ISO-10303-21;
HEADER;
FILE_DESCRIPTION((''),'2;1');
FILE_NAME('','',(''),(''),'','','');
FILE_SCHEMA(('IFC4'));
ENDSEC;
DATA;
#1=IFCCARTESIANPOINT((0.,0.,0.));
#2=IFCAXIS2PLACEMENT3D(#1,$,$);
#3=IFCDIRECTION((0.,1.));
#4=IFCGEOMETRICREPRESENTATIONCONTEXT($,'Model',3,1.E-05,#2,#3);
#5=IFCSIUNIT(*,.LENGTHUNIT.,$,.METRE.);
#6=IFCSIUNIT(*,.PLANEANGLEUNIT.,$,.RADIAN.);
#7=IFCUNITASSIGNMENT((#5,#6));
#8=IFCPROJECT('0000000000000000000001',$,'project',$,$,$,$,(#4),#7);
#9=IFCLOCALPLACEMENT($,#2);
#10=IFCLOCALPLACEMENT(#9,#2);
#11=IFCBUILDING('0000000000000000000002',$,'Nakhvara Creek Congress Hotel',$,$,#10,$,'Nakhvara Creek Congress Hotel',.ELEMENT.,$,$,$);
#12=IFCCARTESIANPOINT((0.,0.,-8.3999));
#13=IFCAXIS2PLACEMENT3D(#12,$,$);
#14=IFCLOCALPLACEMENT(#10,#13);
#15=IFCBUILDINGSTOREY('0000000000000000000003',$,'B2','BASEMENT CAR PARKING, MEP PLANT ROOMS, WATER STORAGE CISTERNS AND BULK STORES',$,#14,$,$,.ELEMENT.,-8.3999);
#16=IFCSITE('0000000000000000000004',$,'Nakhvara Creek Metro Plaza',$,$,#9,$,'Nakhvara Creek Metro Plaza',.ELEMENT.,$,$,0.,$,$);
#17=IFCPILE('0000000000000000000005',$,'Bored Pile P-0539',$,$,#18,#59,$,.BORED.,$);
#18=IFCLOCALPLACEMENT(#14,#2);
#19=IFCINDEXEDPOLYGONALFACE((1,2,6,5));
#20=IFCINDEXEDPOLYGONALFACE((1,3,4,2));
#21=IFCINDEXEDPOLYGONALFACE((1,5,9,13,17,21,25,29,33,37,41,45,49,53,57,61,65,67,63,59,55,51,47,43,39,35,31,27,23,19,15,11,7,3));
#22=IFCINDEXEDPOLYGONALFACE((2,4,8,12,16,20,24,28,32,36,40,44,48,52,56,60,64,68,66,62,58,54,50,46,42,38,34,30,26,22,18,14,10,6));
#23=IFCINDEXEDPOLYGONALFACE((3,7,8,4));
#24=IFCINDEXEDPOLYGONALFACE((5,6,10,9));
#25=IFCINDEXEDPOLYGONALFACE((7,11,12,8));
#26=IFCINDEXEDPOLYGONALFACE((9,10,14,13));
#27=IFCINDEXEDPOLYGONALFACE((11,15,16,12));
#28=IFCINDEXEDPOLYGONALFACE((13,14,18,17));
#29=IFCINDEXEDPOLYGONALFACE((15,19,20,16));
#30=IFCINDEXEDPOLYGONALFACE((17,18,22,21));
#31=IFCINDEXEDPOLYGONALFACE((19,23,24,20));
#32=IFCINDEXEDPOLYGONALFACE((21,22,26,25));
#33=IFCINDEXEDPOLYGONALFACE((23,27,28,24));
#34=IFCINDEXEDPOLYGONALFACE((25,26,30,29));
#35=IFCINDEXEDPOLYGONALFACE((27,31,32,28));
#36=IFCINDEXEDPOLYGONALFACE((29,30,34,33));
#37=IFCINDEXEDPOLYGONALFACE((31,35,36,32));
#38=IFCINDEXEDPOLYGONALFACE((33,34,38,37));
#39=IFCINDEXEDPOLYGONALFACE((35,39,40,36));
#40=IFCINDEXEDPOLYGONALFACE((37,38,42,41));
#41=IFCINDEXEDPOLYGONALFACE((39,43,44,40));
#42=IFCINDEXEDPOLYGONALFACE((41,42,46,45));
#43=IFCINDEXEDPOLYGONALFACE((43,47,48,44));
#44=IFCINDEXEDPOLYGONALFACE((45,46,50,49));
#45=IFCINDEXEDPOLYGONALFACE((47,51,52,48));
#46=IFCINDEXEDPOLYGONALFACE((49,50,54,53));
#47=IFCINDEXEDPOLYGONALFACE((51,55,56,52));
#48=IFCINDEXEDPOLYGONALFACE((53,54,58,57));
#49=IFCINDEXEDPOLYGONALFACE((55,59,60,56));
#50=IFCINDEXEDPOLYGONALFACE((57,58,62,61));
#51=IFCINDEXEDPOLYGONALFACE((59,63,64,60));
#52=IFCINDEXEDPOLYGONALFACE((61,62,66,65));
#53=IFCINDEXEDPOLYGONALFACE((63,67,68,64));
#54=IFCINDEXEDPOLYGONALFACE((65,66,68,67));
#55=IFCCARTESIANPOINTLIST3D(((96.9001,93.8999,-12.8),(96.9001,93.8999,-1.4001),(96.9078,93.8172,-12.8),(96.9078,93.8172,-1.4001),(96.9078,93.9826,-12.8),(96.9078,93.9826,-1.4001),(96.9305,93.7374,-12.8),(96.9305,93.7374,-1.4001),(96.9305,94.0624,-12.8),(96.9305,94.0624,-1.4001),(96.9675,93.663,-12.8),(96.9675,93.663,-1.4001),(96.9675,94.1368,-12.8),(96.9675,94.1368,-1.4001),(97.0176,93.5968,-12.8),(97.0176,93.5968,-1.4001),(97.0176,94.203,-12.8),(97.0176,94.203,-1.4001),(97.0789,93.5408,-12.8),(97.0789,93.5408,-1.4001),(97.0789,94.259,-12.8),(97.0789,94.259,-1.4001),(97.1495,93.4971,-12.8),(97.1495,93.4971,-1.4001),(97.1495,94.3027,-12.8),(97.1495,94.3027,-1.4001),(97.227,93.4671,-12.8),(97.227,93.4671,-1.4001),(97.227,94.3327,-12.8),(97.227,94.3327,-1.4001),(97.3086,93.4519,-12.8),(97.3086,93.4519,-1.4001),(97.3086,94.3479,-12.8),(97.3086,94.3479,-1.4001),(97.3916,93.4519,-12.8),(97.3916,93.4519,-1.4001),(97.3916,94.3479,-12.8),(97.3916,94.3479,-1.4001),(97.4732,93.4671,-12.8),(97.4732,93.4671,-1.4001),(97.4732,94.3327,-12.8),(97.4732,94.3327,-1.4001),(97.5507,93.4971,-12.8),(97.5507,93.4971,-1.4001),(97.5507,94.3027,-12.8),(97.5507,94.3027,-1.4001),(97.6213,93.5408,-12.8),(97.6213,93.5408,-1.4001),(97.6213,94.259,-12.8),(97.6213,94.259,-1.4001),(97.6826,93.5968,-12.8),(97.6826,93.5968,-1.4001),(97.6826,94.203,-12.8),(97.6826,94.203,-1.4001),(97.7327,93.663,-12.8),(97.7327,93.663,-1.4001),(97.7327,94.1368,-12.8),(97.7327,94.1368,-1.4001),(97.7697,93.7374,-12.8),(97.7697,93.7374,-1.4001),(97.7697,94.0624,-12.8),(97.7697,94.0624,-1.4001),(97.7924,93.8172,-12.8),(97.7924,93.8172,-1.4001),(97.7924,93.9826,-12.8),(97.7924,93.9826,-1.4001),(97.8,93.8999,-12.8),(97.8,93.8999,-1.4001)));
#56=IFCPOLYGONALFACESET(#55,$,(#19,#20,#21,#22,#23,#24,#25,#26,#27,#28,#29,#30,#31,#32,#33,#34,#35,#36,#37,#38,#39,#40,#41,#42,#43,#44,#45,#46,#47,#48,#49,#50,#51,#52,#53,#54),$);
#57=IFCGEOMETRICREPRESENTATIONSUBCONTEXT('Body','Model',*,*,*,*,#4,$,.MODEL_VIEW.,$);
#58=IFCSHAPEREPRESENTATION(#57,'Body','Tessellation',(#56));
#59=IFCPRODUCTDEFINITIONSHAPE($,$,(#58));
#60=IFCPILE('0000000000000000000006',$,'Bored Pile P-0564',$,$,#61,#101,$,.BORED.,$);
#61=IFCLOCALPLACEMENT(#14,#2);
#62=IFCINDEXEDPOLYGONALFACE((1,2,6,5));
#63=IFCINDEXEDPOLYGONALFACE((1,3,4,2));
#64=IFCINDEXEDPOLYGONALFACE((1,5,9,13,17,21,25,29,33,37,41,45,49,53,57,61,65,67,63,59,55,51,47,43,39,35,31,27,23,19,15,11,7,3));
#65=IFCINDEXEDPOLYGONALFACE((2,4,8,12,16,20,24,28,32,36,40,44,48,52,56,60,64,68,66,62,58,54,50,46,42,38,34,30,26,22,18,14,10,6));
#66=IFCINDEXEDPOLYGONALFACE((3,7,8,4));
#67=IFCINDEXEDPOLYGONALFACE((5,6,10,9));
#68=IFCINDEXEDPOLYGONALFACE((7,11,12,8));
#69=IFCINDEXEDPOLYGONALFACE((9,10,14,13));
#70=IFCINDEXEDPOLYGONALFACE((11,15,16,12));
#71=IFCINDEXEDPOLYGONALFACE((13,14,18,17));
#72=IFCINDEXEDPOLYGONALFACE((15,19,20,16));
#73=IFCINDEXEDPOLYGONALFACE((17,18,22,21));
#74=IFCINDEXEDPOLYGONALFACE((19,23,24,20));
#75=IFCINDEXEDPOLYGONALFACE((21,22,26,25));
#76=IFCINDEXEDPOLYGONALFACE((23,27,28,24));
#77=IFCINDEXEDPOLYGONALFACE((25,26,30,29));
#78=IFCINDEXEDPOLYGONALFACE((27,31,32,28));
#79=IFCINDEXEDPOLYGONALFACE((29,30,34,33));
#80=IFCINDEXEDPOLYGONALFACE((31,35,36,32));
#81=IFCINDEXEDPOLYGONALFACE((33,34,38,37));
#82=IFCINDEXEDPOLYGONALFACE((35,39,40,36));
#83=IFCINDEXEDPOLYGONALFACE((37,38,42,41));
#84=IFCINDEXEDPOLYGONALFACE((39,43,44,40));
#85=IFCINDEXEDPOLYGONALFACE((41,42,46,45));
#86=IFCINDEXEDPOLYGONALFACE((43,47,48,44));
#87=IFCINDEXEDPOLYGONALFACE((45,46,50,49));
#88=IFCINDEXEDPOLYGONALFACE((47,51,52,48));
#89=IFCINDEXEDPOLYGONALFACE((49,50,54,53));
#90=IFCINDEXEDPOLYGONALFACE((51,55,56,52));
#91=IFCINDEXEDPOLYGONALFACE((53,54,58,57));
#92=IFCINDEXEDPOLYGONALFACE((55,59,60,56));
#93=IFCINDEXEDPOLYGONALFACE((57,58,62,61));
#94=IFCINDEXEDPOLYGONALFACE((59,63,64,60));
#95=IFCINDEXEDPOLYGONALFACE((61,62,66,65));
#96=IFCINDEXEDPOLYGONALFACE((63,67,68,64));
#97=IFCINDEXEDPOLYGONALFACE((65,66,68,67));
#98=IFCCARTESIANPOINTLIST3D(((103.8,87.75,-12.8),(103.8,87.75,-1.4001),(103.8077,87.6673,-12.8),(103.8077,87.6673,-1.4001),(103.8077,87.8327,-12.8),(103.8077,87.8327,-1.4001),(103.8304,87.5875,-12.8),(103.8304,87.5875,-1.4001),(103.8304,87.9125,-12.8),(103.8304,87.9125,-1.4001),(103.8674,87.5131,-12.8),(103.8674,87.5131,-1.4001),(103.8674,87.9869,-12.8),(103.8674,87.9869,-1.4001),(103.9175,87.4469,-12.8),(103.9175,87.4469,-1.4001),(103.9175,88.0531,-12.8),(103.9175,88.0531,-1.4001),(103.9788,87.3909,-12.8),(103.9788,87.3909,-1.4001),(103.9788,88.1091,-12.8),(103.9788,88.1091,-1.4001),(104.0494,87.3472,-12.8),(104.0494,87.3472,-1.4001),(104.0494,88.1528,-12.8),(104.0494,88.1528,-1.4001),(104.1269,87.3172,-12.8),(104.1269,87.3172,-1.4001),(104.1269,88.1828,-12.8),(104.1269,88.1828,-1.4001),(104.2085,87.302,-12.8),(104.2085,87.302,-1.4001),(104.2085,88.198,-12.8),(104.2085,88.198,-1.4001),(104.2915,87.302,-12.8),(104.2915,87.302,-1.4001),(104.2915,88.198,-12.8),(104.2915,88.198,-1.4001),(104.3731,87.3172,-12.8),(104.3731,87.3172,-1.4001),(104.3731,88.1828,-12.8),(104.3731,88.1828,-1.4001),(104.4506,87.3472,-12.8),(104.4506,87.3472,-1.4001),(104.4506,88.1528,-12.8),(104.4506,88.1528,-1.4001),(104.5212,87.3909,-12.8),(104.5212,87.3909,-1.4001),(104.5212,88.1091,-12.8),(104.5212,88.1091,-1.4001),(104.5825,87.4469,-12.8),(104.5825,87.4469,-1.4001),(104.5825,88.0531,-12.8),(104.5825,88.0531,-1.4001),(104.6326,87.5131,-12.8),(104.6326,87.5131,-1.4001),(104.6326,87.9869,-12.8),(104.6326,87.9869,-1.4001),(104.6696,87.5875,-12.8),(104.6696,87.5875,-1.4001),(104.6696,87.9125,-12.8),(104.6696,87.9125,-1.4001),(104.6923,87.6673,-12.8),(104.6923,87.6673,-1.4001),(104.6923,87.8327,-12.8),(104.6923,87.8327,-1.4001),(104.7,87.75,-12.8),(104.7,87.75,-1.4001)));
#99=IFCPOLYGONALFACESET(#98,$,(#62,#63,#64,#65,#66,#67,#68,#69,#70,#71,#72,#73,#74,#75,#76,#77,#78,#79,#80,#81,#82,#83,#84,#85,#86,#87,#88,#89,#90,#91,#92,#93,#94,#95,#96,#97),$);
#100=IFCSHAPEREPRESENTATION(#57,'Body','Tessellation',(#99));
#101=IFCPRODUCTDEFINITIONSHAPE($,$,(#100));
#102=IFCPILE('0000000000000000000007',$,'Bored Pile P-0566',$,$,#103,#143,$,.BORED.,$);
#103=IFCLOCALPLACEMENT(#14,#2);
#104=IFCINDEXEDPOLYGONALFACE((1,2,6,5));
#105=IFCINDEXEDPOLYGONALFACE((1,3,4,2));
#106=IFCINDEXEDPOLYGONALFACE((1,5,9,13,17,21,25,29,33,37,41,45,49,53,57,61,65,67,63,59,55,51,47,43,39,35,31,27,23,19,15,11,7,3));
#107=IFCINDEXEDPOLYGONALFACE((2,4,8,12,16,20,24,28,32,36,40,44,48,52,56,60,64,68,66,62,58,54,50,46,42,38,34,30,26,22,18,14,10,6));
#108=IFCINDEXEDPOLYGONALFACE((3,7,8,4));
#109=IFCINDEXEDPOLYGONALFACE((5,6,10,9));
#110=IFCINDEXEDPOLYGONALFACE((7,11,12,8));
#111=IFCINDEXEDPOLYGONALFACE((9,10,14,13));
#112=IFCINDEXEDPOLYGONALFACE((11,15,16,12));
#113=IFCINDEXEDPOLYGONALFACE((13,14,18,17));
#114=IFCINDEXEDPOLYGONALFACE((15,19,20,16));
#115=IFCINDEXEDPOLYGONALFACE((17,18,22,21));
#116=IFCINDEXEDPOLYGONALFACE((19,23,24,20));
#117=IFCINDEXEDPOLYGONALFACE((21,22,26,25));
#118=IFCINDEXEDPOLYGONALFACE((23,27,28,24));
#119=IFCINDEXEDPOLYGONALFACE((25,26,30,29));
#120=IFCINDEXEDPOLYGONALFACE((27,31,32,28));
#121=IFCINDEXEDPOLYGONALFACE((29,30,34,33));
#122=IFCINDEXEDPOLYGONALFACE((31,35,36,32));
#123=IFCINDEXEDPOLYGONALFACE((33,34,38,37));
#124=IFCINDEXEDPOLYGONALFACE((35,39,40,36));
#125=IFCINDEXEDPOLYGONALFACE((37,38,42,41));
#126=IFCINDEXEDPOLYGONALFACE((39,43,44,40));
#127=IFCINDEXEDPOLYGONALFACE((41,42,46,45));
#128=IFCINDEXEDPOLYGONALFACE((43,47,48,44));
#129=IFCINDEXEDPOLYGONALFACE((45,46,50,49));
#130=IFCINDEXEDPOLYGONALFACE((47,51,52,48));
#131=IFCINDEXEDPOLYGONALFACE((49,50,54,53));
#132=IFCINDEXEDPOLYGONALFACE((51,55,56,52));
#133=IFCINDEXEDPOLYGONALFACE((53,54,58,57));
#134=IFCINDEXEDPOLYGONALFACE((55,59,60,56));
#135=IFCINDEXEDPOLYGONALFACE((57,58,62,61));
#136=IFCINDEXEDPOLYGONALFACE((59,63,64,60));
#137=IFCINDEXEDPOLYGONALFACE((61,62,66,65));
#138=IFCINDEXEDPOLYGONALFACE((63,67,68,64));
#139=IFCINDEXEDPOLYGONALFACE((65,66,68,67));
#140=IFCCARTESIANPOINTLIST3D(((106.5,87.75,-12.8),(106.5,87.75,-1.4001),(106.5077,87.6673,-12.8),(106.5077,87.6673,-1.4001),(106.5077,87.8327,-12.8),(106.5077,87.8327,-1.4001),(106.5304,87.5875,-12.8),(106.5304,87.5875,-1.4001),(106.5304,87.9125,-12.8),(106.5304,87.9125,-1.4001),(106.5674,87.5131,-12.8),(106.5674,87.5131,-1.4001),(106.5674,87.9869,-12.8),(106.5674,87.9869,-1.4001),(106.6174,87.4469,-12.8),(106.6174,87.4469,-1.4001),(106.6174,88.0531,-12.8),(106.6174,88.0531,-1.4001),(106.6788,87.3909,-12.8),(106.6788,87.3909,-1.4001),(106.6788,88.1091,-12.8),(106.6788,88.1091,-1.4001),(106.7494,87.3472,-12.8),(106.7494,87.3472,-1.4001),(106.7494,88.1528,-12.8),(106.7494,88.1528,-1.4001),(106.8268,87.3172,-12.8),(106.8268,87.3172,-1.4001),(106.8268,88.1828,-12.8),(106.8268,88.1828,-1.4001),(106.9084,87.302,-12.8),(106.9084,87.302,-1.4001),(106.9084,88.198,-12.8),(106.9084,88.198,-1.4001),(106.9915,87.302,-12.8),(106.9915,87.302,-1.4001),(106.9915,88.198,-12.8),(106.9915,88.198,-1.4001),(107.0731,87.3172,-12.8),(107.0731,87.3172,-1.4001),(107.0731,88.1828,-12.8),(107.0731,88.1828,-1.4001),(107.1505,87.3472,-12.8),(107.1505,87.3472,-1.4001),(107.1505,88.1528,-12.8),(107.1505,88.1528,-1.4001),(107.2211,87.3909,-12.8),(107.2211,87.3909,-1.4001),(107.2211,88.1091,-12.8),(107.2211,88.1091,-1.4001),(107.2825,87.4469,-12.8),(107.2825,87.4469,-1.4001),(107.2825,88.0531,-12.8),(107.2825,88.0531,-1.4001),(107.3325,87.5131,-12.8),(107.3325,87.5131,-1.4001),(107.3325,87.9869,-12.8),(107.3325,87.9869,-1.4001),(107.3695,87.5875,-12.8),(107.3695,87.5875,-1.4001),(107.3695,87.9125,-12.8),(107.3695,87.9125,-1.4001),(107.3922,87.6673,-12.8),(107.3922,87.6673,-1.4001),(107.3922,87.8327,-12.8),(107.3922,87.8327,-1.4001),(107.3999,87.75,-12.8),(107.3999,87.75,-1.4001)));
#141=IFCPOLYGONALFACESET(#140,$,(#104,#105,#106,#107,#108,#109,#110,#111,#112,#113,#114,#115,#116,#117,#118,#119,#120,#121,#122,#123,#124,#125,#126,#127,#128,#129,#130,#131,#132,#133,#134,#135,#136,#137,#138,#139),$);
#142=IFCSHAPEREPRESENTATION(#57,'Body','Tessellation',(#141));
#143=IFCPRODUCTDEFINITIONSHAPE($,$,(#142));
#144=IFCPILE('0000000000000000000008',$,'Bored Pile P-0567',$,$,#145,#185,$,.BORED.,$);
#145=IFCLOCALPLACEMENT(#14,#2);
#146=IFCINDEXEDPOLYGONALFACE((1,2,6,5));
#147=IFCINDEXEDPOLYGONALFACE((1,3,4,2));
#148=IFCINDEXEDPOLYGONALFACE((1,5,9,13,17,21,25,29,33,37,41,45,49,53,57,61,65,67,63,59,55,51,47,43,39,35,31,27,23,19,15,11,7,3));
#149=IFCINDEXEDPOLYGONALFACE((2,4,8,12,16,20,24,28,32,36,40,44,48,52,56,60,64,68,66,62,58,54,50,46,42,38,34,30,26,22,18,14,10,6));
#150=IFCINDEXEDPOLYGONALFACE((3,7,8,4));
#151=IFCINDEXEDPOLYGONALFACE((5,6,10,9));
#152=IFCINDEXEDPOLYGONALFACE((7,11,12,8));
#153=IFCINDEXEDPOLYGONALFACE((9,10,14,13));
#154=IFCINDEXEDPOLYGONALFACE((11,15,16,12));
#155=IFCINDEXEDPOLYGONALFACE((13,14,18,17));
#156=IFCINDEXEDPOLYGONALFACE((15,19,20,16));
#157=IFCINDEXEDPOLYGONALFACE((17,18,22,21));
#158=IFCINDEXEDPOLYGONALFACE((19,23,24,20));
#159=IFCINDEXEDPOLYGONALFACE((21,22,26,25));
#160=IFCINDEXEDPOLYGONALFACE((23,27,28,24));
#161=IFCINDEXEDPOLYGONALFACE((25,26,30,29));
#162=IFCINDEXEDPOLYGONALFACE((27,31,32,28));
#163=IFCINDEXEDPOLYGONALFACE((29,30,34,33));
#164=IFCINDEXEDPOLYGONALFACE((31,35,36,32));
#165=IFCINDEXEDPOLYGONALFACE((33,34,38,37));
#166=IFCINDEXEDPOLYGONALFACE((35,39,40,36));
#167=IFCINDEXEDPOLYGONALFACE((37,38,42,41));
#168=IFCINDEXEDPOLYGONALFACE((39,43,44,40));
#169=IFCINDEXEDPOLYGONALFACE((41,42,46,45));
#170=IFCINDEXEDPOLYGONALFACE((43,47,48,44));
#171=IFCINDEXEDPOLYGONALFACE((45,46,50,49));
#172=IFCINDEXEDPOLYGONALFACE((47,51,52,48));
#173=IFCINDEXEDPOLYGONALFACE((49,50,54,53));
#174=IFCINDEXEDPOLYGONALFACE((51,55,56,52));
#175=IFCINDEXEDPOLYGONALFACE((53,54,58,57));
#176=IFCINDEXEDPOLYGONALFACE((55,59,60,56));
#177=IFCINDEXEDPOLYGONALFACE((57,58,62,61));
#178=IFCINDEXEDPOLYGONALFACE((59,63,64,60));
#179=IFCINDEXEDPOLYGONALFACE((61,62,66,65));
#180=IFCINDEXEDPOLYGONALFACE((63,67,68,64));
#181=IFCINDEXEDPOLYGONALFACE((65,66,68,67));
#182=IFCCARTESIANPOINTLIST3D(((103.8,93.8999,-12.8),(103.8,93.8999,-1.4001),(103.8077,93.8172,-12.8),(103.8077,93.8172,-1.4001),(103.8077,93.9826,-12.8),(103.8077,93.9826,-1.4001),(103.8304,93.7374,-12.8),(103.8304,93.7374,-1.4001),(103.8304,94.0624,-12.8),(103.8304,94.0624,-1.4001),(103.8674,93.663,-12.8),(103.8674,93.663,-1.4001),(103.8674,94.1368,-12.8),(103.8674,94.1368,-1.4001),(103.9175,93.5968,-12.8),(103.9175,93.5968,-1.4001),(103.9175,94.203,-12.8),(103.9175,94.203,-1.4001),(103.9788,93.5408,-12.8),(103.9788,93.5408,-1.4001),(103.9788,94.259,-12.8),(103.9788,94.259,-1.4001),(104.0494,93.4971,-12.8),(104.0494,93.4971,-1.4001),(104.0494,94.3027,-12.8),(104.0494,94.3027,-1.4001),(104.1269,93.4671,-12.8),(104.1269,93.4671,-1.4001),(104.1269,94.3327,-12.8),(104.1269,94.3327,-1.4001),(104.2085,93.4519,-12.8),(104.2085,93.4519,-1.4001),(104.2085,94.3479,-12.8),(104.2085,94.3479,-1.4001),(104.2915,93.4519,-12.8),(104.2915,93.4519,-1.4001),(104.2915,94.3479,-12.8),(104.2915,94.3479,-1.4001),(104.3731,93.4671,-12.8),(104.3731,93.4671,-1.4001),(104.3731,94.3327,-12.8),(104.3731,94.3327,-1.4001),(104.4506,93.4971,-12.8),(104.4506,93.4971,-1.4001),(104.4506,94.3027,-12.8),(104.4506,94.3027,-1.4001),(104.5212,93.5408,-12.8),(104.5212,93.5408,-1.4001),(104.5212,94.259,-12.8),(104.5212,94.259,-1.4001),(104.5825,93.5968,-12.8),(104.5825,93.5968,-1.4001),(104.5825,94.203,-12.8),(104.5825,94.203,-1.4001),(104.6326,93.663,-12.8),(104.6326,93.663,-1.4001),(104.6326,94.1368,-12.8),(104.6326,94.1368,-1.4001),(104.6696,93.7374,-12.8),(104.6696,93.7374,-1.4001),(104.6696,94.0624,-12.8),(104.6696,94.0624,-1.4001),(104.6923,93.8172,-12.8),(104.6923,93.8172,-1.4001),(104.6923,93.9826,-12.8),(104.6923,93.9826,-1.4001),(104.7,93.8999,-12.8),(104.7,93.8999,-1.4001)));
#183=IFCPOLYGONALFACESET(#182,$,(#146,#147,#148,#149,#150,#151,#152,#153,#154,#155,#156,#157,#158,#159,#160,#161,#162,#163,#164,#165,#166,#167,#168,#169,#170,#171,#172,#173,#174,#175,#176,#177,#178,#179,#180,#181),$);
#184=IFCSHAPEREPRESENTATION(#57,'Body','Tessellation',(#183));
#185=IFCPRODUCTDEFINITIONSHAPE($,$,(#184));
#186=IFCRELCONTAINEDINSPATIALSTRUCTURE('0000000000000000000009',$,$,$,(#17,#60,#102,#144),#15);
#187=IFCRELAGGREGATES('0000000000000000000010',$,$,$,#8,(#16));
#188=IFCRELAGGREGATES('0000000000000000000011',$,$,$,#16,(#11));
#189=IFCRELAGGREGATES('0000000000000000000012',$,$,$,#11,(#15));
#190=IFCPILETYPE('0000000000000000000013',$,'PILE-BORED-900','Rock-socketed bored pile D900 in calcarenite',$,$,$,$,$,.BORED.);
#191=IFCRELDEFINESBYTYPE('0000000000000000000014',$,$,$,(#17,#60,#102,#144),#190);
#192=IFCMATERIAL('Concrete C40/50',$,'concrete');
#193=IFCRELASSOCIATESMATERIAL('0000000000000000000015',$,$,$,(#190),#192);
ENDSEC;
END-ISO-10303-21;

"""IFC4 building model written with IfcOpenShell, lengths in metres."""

from ifc_helpers import new_model, si_unit, direction, frame, origin, origin_2d, place, context, subcontext, project, spatial, circle, extrude, material, material_profile, profile_set, type_object, element, save


model = new_model("IFC4")

# Units and contexts
model_context = context("Model", 3, precision=1e-05, world=origin(), true_north=direction((0.0, 1.0)))
body_context = subcontext(model_context, "Body", "Model", "MODEL_VIEW")
ifc_project = project(units=[si_unit("LENGTHUNIT", "METRE"), si_unit("PLANEANGLEUNIT", "RADIAN")], contexts=[model_context])

# Site, building, storey
site_placement = place(None, origin())
site = spatial("IfcSite", under=ifc_project, at=site_placement, Name="Nakhvara Creek Metro Plaza", LongName="Nakhvara Creek Metro Plaza", CompositionType="ELEMENT", RefElevation=0.0)
building_placement = place(site_placement, origin())
building = spatial("IfcBuilding", under=site, at=building_placement, Name="Nakhvara Creek Congress Hotel", LongName="Nakhvara Creek Congress Hotel", CompositionType="ELEMENT")
storey_placement = place(building_placement, frame((0.0, 0.0, -8.3999)))
storey = spatial("IfcBuildingStorey", under=building, at=storey_placement, Name="B2", Description="BASEMENT CAR PARKING, MEP PLANT ROOMS, WATER STORAGE CISTERNS AND BULK STORES", CompositionType="ELEMENT", Elevation=-8.3999)

# Shared definitions
ifc_material_1 = material(Name="Concrete C40/50", Category="concrete")

# Piles
ifc_material_profile_1 = material_profile(ifc_material_1, circle(Radius=0.45, at=origin_2d()), Name="BORED PILE D900", Category="LoadBearing")
ifc_profile_set_1 = profile_set([ifc_material_profile_1], Name="Concrete C40/50")
pile_type = type_object("IfcPileType", Name="PILE-BORED-900", Description="Rock-socketed bored pile D900 in calcarenite", PredefinedType="BORED", material=ifc_profile_set_1)
for number, where, z_axis, x_axis, name in (
    (1, (97.3501, 93.8999, -1.4001), (0.0, 0.0, -1.0), (1.0, 0.0, 0.0), "Bored Pile P-0539"),
    (2, (104.25, 87.75, -1.4001), (0.0, 0.0, -1.0), (1.0, 0.0, 0.0), "Bored Pile P-0564"),
    (3, (106.95, 87.75, -1.4001), (0.0, 0.0, -1.0), (1.0, 0.0, 0.0), "Bored Pile P-0566"),
    (4, (104.25, 93.8999, -1.4001), (0.0, 0.0, -1.0), (1.0, 0.0, 0.0), "Bored Pile P-0567"),
):
    element("IfcPile", number, at=place(storey_placement, frame(where, z_axis=z_axis, x_axis=x_axis)), inside=storey, type_object=pile_type, Name=name, PredefinedType="BORED", context=body_context, shape_type="SweptSolid", body=[
        extrude(circle(Radius=0.45, at=origin_2d()), origin(), (0.0, 0.0, 1.0), 11.3999),
    ])

save(model, "model.ifc")
